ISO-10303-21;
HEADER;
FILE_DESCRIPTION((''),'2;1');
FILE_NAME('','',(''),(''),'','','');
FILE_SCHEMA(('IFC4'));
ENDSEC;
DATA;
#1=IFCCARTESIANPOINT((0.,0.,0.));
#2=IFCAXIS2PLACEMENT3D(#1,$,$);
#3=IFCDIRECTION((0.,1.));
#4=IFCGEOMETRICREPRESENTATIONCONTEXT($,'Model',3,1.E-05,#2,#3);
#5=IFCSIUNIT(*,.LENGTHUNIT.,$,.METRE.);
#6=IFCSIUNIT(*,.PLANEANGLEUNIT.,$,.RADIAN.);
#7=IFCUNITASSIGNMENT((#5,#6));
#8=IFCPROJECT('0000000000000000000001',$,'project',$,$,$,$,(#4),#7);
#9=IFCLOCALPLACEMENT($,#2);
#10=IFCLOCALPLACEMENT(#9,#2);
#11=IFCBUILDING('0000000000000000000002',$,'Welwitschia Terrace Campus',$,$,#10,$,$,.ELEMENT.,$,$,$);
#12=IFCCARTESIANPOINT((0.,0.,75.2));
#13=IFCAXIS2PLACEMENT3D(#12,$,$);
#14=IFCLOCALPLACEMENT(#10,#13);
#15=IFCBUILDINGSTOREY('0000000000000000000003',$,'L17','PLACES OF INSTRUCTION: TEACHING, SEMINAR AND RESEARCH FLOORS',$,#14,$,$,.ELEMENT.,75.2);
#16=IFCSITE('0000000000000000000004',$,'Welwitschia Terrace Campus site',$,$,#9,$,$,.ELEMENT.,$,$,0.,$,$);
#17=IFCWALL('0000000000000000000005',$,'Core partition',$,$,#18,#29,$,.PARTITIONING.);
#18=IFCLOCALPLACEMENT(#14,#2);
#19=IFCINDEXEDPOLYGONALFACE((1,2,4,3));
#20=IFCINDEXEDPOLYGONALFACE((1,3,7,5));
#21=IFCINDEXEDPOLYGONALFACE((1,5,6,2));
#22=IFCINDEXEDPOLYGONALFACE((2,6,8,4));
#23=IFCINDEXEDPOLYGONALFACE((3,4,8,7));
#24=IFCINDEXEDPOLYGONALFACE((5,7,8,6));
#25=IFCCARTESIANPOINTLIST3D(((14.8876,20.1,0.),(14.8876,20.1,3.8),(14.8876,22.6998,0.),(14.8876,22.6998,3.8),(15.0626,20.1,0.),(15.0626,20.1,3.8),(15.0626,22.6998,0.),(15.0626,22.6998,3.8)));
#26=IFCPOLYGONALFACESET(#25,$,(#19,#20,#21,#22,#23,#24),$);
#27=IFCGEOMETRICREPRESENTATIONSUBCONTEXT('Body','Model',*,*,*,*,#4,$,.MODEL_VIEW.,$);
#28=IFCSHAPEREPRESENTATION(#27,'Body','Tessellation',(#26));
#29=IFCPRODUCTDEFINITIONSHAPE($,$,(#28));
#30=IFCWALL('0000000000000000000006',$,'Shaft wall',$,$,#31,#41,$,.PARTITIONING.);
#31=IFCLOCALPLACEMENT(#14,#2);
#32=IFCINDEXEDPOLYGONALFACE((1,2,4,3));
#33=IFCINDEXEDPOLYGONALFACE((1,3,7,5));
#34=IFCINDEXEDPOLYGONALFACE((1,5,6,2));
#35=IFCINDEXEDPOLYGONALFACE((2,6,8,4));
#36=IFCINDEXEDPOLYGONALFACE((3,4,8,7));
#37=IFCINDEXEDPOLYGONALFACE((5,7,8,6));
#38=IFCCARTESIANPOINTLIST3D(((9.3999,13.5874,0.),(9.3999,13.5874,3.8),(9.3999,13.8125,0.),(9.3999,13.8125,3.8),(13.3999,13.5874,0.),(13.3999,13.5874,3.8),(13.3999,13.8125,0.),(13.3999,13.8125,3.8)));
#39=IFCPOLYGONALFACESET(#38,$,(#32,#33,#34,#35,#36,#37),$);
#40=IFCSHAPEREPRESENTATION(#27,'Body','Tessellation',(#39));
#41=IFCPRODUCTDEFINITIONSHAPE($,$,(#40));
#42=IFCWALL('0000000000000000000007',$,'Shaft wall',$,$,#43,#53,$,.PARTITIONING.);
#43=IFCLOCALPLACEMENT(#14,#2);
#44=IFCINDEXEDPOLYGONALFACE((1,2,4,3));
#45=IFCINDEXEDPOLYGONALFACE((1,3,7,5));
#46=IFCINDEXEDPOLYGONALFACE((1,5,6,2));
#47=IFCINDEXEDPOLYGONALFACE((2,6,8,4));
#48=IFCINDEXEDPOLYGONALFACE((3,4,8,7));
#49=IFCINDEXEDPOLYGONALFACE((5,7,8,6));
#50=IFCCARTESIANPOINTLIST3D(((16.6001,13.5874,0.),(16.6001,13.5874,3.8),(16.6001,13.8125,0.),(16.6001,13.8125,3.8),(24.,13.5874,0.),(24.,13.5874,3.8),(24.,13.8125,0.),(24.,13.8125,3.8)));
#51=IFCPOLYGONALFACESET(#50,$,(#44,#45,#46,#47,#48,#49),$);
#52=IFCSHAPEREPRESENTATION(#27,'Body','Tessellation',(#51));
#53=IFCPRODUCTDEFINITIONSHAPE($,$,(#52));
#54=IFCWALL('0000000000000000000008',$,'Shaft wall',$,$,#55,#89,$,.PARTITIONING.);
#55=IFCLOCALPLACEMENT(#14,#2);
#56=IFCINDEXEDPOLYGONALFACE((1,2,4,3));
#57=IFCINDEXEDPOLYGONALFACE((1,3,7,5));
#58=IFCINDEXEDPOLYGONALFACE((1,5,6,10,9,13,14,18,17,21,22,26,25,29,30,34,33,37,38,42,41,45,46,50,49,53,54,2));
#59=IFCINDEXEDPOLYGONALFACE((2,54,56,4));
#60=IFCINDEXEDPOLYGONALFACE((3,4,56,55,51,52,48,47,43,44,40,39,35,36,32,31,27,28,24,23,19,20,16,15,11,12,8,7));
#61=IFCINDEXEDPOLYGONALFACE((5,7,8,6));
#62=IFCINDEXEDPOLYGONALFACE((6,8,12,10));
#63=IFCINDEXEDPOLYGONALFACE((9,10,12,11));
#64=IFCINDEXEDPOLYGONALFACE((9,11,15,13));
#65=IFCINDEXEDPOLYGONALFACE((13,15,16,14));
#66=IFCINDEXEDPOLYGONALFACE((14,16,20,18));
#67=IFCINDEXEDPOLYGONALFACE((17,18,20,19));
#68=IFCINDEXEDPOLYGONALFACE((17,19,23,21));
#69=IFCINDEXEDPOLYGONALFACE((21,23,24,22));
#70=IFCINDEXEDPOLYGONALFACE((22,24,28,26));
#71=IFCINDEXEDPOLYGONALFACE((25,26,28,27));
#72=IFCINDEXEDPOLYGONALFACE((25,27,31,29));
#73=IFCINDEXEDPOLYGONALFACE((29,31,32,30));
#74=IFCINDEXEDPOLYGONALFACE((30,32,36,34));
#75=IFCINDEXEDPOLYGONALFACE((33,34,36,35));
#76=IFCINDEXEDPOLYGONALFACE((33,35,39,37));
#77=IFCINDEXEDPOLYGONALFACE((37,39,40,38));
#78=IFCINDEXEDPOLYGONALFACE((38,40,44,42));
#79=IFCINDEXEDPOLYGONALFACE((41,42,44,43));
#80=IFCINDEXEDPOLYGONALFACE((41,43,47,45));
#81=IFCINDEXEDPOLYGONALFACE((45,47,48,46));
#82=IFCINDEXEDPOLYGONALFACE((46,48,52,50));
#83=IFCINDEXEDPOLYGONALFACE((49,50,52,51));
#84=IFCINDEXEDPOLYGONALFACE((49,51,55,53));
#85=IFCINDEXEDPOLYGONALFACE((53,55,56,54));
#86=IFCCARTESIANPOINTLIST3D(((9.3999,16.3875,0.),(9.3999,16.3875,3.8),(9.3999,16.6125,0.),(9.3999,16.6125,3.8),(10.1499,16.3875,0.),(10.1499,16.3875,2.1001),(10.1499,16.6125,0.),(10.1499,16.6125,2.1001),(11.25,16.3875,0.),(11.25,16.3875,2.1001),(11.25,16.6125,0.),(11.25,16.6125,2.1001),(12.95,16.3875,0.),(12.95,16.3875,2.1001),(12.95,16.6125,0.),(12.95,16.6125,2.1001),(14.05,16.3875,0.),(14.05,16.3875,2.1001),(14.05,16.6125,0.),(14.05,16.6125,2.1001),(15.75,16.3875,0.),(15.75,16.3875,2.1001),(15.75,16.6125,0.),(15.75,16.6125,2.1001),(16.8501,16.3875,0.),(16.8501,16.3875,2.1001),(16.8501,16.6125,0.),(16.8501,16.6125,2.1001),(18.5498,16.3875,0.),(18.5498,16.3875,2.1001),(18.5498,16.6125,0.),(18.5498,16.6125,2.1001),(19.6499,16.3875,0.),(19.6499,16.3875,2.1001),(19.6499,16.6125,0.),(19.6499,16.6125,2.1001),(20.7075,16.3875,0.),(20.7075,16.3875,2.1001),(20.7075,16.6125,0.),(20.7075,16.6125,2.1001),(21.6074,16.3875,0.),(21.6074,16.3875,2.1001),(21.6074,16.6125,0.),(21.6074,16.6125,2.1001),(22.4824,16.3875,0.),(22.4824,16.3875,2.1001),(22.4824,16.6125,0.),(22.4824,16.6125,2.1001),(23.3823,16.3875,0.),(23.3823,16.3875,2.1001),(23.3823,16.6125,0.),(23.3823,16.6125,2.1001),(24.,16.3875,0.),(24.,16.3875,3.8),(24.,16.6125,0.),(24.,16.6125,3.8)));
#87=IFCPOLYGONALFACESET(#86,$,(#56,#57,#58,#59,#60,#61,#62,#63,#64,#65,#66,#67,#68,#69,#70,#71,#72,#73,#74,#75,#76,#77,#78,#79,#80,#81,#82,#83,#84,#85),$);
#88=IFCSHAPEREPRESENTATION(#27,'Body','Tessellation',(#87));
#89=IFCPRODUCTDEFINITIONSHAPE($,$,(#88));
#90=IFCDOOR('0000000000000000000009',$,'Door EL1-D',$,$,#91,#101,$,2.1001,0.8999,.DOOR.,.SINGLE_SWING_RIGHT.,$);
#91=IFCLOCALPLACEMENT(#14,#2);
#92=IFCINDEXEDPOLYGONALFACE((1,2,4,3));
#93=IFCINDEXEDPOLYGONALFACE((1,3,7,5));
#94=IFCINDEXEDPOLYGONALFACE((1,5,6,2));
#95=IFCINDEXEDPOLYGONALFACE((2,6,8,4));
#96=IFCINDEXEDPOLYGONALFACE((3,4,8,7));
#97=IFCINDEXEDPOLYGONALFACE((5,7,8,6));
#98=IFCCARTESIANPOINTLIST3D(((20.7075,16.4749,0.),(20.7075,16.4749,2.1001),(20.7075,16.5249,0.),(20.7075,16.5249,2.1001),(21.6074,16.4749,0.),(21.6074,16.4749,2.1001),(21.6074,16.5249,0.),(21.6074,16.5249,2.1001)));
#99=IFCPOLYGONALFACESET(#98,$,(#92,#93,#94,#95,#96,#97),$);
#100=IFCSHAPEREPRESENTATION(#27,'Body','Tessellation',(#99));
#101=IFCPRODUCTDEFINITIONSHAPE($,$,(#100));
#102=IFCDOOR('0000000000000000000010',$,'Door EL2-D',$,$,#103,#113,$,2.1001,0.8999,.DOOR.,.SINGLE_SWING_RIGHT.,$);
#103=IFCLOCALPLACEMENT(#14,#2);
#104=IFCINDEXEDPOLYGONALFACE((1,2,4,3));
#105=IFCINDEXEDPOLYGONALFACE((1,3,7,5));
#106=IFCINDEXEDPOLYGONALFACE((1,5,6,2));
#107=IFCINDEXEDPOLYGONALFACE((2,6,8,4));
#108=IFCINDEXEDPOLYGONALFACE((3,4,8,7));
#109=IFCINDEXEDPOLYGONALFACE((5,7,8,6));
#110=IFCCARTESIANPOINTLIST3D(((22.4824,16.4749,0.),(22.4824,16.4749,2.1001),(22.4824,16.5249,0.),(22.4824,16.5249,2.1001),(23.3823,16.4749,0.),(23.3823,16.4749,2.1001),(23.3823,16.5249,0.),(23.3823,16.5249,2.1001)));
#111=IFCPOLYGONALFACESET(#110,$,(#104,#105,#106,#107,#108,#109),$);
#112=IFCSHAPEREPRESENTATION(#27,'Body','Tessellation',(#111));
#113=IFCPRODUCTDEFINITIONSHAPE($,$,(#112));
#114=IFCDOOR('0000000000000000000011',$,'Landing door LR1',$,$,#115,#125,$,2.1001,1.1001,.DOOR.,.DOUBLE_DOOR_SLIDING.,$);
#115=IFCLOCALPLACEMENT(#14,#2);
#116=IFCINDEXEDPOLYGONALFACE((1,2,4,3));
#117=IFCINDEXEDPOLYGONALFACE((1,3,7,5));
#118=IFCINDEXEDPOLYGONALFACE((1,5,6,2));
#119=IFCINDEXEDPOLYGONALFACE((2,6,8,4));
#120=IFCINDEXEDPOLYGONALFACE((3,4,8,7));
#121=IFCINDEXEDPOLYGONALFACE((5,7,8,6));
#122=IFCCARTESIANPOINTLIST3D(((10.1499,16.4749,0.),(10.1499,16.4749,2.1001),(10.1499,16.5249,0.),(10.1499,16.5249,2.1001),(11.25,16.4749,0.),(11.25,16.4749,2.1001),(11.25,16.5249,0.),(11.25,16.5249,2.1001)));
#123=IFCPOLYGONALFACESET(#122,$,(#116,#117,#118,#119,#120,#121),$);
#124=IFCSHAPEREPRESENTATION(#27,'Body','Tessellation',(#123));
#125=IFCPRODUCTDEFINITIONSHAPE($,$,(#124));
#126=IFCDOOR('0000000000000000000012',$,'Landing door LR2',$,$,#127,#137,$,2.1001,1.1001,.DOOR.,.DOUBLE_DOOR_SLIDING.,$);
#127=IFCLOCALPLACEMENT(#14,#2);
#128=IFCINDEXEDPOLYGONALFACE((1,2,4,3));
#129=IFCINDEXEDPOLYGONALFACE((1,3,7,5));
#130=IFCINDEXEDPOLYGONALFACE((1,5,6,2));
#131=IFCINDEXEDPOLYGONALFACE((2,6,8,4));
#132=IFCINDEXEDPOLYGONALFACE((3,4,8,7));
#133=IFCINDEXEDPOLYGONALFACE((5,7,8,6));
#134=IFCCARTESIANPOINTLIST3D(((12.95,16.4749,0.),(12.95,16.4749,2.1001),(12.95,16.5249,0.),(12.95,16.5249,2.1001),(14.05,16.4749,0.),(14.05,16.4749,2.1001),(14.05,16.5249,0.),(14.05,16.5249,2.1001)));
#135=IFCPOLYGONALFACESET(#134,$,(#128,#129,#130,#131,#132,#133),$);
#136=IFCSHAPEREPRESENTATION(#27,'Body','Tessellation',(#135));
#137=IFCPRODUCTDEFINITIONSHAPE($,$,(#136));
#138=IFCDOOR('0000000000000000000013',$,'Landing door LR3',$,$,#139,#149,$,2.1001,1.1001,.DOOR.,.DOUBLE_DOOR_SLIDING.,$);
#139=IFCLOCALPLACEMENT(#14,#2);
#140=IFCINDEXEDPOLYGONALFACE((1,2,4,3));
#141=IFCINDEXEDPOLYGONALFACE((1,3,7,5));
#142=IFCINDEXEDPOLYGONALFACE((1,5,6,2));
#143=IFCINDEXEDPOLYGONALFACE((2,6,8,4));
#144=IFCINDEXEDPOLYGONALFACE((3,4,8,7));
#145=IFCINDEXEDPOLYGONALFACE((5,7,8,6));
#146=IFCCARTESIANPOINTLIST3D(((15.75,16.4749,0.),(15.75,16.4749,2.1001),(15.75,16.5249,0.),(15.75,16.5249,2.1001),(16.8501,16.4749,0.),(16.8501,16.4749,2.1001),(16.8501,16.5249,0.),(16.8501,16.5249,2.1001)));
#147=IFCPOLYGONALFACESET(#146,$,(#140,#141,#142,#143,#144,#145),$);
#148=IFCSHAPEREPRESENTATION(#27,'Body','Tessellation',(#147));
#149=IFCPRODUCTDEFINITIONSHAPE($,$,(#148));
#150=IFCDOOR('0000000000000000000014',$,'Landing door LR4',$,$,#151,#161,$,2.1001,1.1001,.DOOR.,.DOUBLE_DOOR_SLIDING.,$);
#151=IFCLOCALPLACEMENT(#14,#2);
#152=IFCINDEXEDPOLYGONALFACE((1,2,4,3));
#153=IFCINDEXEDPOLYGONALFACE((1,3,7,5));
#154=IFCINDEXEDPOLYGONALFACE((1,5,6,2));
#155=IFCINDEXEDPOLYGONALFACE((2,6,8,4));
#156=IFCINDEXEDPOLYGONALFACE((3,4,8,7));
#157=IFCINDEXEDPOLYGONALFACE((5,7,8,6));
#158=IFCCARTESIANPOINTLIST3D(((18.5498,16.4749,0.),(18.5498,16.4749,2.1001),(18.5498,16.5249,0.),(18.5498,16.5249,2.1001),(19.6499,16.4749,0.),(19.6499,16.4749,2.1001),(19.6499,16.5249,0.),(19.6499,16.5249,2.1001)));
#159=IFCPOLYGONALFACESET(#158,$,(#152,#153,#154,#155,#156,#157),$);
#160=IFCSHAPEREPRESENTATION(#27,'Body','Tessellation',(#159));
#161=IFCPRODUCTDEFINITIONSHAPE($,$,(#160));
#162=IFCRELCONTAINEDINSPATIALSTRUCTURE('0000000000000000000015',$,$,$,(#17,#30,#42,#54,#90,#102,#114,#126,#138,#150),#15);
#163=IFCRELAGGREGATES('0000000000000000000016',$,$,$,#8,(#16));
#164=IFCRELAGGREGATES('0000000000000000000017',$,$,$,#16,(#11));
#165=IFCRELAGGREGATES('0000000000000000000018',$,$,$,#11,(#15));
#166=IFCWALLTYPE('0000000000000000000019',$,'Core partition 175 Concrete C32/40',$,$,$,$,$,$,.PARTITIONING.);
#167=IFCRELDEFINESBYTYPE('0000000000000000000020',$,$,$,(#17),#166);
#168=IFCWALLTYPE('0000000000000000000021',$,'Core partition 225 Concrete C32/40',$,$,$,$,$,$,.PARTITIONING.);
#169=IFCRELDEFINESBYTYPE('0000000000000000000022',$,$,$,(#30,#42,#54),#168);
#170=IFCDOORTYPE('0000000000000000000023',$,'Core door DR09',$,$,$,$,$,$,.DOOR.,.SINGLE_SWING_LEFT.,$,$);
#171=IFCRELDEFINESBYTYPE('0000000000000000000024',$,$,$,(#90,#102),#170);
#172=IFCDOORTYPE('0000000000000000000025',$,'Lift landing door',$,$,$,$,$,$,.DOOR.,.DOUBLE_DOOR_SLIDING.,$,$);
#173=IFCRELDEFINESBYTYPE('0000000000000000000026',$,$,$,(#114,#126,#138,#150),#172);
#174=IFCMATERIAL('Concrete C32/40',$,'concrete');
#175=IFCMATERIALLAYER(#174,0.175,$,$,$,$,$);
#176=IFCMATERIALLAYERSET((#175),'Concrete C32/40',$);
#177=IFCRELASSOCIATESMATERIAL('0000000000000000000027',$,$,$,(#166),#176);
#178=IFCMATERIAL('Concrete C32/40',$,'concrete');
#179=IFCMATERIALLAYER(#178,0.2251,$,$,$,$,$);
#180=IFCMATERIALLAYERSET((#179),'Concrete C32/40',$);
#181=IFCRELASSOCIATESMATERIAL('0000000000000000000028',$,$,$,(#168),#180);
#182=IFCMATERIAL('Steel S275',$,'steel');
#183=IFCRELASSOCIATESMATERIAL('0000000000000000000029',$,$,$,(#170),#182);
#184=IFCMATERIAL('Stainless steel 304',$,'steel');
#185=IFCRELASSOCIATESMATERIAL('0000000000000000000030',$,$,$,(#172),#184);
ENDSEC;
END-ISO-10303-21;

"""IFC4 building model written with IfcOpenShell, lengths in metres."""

from ifc_helpers import new_model, si_unit, direction, frame, frame_2d, origin, place, context, subcontext, project, spatial, rectangle, extrude, material, layer, layer_set, type_object, element, fill, save


model = new_model("IFC4")

# Units and contexts
model_context = context("Model", 3, precision=1e-05, world=origin(), true_north=direction((0.0, 1.0)))
body_context = subcontext(model_context, "Body", "Model", "MODEL_VIEW")
ifc_project = project(units=[si_unit("LENGTHUNIT", "METRE"), si_unit("PLANEANGLEUNIT", "RADIAN")], contexts=[model_context])

# Site, building, storey
site_placement = place(None, origin())
site = spatial("IfcSite", under=ifc_project, at=site_placement, Name="Welwitschia Terrace Campus site", CompositionType="ELEMENT", RefElevation=0.0)
building_placement = place(site_placement, origin())
building = spatial("IfcBuilding", under=site, at=building_placement, Name="Welwitschia Terrace Campus", CompositionType="ELEMENT")
storey_placement = place(building_placement, frame((0.0, 0.0, 75.2)))
storey = spatial("IfcBuildingStorey", under=building, at=storey_placement, Name="L17", Description="PLACES OF INSTRUCTION: TEACHING, SEMINAR AND RESEARCH FLOORS", CompositionType="ELEMENT", Elevation=75.2)

# Walls
ifc_material_1 = material(Name="Concrete C32/40", Category="concrete")
ifc_layer_1 = layer(ifc_material_1, 0.175)
ifc_layer_set_1 = layer_set([ifc_layer_1], Name="Concrete C32/40")
wall_type_1 = type_object("IfcWallType", Name="Core partition 175 Concrete C32/40", PredefinedType="PARTITIONING", material=ifc_layer_set_1)
wall_1_placement = place(storey_placement, frame((14.9751, 20.1001, 0.0), z_axis=(0.0, 0.0, 1.0), x_axis=(0.0, 1.0, 0.0)))
element("IfcWall", 1, at=wall_1_placement, inside=storey, type_object=wall_type_1, Name="Core partition", PredefinedType="PARTITIONING", context=body_context, shape_type="SweptSolid", body=[
    extrude(rectangle(XDim=2.5999, YDim=0.175, at=frame_2d((1.2998, 0.0))), origin(), (0.0, 0.0, 1.0), 3.8),
])
ifc_material_2 = material(Name="Concrete C32/40", Category="concrete")
ifc_layer_2 = layer(ifc_material_2, 0.2251)
ifc_layer_set_2 = layer_set([ifc_layer_2], Name="Concrete C32/40")
wall_type_2 = type_object("IfcWallType", Name="Core partition 225 Concrete C32/40", PredefinedType="PARTITIONING", material=ifc_layer_set_2)
wall_2_placement = place(storey_placement, frame((9.3999, 13.7, 0.0), z_axis=(0.0, 0.0, 1.0), x_axis=(1.0, 0.0, 0.0)))
element("IfcWall", 2, at=wall_2_placement, inside=storey, type_object=wall_type_2, Name="Shaft wall", PredefinedType="PARTITIONING", context=body_context, shape_type="SweptSolid", body=[
    extrude(rectangle(XDim=4.0, YDim=0.2251, at=frame_2d((2.0, 0.0))), origin(), (0.0, 0.0, 1.0), 3.8),
])
wall_3_placement = place(storey_placement, frame((16.6001, 13.7, 0.0), z_axis=(0.0, 0.0, 1.0), x_axis=(1.0, 0.0, 0.0)))
element("IfcWall", 3, at=wall_3_placement, inside=storey, type_object=wall_type_2, Name="Shaft wall", PredefinedType="PARTITIONING", context=body_context, shape_type="SweptSolid", body=[
    extrude(rectangle(XDim=7.3999, YDim=0.2251, at=frame_2d((3.7, 0.0))), origin(), (0.0, 0.0, 1.0), 3.8),
])

# Wall, openings, doors
wall_4_placement = place(storey_placement, frame((9.3999, 16.5, 0.0), z_axis=(0.0, 0.0, 1.0), x_axis=(1.0, 0.0, 0.0)))
wall_4 = element("IfcWall", 4, at=wall_4_placement, inside=storey, type_object=wall_type_2, Name="Shaft wall", PredefinedType="PARTITIONING", context=body_context, shape_type="SweptSolid", body=[
    extrude(rectangle(XDim=14.6001, YDim=0.2251, at=frame_2d((7.3, 0.0))), origin(), (0.0, 0.0, 1.0), 3.8),
])
opening_1_placement = place(wall_4_placement, frame((0.75, 0.0, 0.0)))
opening_1 = element("IfcOpeningElement", 5, at=opening_1_placement, cuts=wall_4, PredefinedType="OPENING", context=body_context, shape_type="SweptSolid", body=[
    extrude(rectangle(XDim=1.1001, YDim=2.1001, at=frame_2d((0.55, 1.05))), frame((0.0, 0.1226, 0.0), z_axis=(0.0, -1.0, 0.0), x_axis=(1.0, 0.0, 0.0)), (0.0, 0.0, 1.0), 0.2451),
])
opening_2_placement = place(wall_4_placement, frame((3.55, 0.0, 0.0)))
opening_2 = element("IfcOpeningElement", 6, at=opening_2_placement, cuts=wall_4, PredefinedType="OPENING", context=body_context, shape_type="SweptSolid", body=[
    extrude(rectangle(XDim=1.1001, YDim=2.1001, at=frame_2d((0.55, 1.05))), frame((0.0, 0.1226, 0.0), z_axis=(0.0, -1.0, 0.0), x_axis=(1.0, 0.0, 0.0)), (0.0, 0.0, 1.0), 0.2451),
])
opening_3_placement = place(wall_4_placement, frame((6.3501, 0.0, 0.0)))
opening_3 = element("IfcOpeningElement", 7, at=opening_3_placement, cuts=wall_4, PredefinedType="OPENING", context=body_context, shape_type="SweptSolid", body=[
    extrude(rectangle(XDim=1.1001, YDim=2.1001, at=frame_2d((0.55, 1.05))), frame((0.0, 0.1226, 0.0), z_axis=(0.0, -1.0, 0.0), x_axis=(1.0, 0.0, 0.0)), (0.0, 0.0, 1.0), 0.2451),
])
opening_4_placement = place(wall_4_placement, frame((9.1499, 0.0, 0.0)))
opening_4 = element("IfcOpeningElement", 8, at=opening_4_placement, cuts=wall_4, PredefinedType="OPENING", context=body_context, shape_type="SweptSolid", body=[
    extrude(rectangle(XDim=1.1001, YDim=2.1001, at=frame_2d((0.55, 1.05))), frame((0.0, 0.1226, 0.0), z_axis=(0.0, -1.0, 0.0), x_axis=(1.0, 0.0, 0.0)), (0.0, 0.0, 1.0), 0.2451),
])
opening_5_placement = place(wall_4_placement, frame((11.3076, 0.0, 0.0)))
opening_5 = element("IfcOpeningElement", 9, at=opening_5_placement, cuts=wall_4, PredefinedType="OPENING", context=body_context, shape_type="SweptSolid", body=[
    extrude(rectangle(XDim=0.8999, YDim=2.1001, at=frame_2d((0.45, 1.05))), frame((0.0, 0.1226, 0.0), z_axis=(0.0, -1.0, 0.0), x_axis=(1.0, 0.0, 0.0)), (0.0, 0.0, 1.0), 0.2451),
])
opening_6_placement = place(wall_4_placement, frame((13.0825, 0.0, 0.0)))
opening_6 = element("IfcOpeningElement", 10, at=opening_6_placement, cuts=wall_4, PredefinedType="OPENING", context=body_context, shape_type="SweptSolid", body=[
    extrude(rectangle(XDim=0.8999, YDim=2.1001, at=frame_2d((0.45, 1.05))), frame((0.0, 0.1226, 0.0), z_axis=(0.0, -1.0, 0.0), x_axis=(1.0, 0.0, 0.0)), (0.0, 0.0, 1.0), 0.2451),
])
ifc_material_3 = material(Name="Steel S275", Category="steel")
door_type_1 = type_object("IfcDoorType", Name="Core door DR09", OperationType="SINGLE_SWING_LEFT", PredefinedType="DOOR", material=ifc_material_3)
door_1_placement = place(opening_5_placement, origin())
door_1 = element("IfcDoor", 11, at=door_1_placement, inside=storey, type_object=door_type_1, Name="Door EL1-D", OperationType="SINGLE_SWING_RIGHT", OverallHeight=2.1001, OverallWidth=0.8999, PredefinedType="DOOR", context=body_context, shape_type="SweptSolid", body=[
    extrude(rectangle(XDim=0.8999, YDim=2.1001, at=frame_2d((0.45, 1.05))), frame((0.0, 0.0249, 0.0), z_axis=(0.0, -1.0, 0.0), x_axis=(1.0, 0.0, 0.0)), (0.0, 0.0, 1.0), 0.05),
])
fill(opening_5, door_1)
door_2_placement = place(opening_6_placement, origin())
door_2 = element("IfcDoor", 12, at=door_2_placement, inside=storey, type_object=door_type_1, Name="Door EL2-D", OperationType="SINGLE_SWING_RIGHT", OverallHeight=2.1001, OverallWidth=0.8999, PredefinedType="DOOR", context=body_context, shape_type="SweptSolid", body=[
    extrude(rectangle(XDim=0.8999, YDim=2.1001, at=frame_2d((0.45, 1.05))), frame((0.0, 0.0249, 0.0), z_axis=(0.0, -1.0, 0.0), x_axis=(1.0, 0.0, 0.0)), (0.0, 0.0, 1.0), 0.05),
])
fill(opening_6, door_2)
ifc_material_4 = material(Name="Stainless steel 304", Category="steel")
door_type_2 = type_object("IfcDoorType", Name="Lift landing door", OperationType="DOUBLE_DOOR_SLIDING", PredefinedType="DOOR", material=ifc_material_4)
door_3_placement = place(opening_1_placement, origin())
door_3 = element("IfcDoor", 13, at=door_3_placement, inside=storey, type_object=door_type_2, Name="Landing door LR1", OperationType="DOUBLE_DOOR_SLIDING", OverallHeight=2.1001, OverallWidth=1.1001, PredefinedType="DOOR", context=body_context, shape_type="SweptSolid", body=[
    extrude(rectangle(XDim=1.1001, YDim=2.1001, at=frame_2d((0.55, 1.05))), frame((0.0, 0.0249, 0.0), z_axis=(0.0, -1.0, 0.0), x_axis=(1.0, 0.0, 0.0)), (0.0, 0.0, 1.0), 0.05),
])
fill(opening_1, door_3)
door_4_placement = place(opening_2_placement, origin())
door_4 = element("IfcDoor", 14, at=door_4_placement, inside=storey, type_object=door_type_2, Name="Landing door LR2", OperationType="DOUBLE_DOOR_SLIDING", OverallHeight=2.1001, OverallWidth=1.1001, PredefinedType="DOOR", context=body_context, shape_type="SweptSolid", body=[
    extrude(rectangle(XDim=1.1001, YDim=2.1001, at=frame_2d((0.55, 1.05))), frame((0.0, 0.0249, 0.0), z_axis=(0.0, -1.0, 0.0), x_axis=(1.0, 0.0, 0.0)), (0.0, 0.0, 1.0), 0.05),
])
fill(opening_2, door_4)
door_5_placement = place(opening_3_placement, origin())
door_5 = element("IfcDoor", 15, at=door_5_placement, inside=storey, type_object=door_type_2, Name="Landing door LR3", OperationType="DOUBLE_DOOR_SLIDING", OverallHeight=2.1001, OverallWidth=1.1001, PredefinedType="DOOR", context=body_context, shape_type="SweptSolid", body=[
    extrude(rectangle(XDim=1.1001, YDim=2.1001, at=frame_2d((0.55, 1.05))), frame((0.0, 0.0249, 0.0), z_axis=(0.0, -1.0, 0.0), x_axis=(1.0, 0.0, 0.0)), (0.0, 0.0, 1.0), 0.05),
])
fill(opening_3, door_5)
door_6_placement = place(opening_4_placement, origin())
door_6 = element("IfcDoor", 16, at=door_6_placement, inside=storey, type_object=door_type_2, Name="Landing door LR4", OperationType="DOUBLE_DOOR_SLIDING", OverallHeight=2.1001, OverallWidth=1.1001, PredefinedType="DOOR", context=body_context, shape_type="SweptSolid", body=[
    extrude(rectangle(XDim=1.1001, YDim=2.1001, at=frame_2d((0.55, 1.05))), frame((0.0, 0.0249, 0.0), z_axis=(0.0, -1.0, 0.0), x_axis=(1.0, 0.0, 0.0)), (0.0, 0.0, 1.0), 0.05),
])
fill(opening_4, door_6)

save(model, "model.ifc")
